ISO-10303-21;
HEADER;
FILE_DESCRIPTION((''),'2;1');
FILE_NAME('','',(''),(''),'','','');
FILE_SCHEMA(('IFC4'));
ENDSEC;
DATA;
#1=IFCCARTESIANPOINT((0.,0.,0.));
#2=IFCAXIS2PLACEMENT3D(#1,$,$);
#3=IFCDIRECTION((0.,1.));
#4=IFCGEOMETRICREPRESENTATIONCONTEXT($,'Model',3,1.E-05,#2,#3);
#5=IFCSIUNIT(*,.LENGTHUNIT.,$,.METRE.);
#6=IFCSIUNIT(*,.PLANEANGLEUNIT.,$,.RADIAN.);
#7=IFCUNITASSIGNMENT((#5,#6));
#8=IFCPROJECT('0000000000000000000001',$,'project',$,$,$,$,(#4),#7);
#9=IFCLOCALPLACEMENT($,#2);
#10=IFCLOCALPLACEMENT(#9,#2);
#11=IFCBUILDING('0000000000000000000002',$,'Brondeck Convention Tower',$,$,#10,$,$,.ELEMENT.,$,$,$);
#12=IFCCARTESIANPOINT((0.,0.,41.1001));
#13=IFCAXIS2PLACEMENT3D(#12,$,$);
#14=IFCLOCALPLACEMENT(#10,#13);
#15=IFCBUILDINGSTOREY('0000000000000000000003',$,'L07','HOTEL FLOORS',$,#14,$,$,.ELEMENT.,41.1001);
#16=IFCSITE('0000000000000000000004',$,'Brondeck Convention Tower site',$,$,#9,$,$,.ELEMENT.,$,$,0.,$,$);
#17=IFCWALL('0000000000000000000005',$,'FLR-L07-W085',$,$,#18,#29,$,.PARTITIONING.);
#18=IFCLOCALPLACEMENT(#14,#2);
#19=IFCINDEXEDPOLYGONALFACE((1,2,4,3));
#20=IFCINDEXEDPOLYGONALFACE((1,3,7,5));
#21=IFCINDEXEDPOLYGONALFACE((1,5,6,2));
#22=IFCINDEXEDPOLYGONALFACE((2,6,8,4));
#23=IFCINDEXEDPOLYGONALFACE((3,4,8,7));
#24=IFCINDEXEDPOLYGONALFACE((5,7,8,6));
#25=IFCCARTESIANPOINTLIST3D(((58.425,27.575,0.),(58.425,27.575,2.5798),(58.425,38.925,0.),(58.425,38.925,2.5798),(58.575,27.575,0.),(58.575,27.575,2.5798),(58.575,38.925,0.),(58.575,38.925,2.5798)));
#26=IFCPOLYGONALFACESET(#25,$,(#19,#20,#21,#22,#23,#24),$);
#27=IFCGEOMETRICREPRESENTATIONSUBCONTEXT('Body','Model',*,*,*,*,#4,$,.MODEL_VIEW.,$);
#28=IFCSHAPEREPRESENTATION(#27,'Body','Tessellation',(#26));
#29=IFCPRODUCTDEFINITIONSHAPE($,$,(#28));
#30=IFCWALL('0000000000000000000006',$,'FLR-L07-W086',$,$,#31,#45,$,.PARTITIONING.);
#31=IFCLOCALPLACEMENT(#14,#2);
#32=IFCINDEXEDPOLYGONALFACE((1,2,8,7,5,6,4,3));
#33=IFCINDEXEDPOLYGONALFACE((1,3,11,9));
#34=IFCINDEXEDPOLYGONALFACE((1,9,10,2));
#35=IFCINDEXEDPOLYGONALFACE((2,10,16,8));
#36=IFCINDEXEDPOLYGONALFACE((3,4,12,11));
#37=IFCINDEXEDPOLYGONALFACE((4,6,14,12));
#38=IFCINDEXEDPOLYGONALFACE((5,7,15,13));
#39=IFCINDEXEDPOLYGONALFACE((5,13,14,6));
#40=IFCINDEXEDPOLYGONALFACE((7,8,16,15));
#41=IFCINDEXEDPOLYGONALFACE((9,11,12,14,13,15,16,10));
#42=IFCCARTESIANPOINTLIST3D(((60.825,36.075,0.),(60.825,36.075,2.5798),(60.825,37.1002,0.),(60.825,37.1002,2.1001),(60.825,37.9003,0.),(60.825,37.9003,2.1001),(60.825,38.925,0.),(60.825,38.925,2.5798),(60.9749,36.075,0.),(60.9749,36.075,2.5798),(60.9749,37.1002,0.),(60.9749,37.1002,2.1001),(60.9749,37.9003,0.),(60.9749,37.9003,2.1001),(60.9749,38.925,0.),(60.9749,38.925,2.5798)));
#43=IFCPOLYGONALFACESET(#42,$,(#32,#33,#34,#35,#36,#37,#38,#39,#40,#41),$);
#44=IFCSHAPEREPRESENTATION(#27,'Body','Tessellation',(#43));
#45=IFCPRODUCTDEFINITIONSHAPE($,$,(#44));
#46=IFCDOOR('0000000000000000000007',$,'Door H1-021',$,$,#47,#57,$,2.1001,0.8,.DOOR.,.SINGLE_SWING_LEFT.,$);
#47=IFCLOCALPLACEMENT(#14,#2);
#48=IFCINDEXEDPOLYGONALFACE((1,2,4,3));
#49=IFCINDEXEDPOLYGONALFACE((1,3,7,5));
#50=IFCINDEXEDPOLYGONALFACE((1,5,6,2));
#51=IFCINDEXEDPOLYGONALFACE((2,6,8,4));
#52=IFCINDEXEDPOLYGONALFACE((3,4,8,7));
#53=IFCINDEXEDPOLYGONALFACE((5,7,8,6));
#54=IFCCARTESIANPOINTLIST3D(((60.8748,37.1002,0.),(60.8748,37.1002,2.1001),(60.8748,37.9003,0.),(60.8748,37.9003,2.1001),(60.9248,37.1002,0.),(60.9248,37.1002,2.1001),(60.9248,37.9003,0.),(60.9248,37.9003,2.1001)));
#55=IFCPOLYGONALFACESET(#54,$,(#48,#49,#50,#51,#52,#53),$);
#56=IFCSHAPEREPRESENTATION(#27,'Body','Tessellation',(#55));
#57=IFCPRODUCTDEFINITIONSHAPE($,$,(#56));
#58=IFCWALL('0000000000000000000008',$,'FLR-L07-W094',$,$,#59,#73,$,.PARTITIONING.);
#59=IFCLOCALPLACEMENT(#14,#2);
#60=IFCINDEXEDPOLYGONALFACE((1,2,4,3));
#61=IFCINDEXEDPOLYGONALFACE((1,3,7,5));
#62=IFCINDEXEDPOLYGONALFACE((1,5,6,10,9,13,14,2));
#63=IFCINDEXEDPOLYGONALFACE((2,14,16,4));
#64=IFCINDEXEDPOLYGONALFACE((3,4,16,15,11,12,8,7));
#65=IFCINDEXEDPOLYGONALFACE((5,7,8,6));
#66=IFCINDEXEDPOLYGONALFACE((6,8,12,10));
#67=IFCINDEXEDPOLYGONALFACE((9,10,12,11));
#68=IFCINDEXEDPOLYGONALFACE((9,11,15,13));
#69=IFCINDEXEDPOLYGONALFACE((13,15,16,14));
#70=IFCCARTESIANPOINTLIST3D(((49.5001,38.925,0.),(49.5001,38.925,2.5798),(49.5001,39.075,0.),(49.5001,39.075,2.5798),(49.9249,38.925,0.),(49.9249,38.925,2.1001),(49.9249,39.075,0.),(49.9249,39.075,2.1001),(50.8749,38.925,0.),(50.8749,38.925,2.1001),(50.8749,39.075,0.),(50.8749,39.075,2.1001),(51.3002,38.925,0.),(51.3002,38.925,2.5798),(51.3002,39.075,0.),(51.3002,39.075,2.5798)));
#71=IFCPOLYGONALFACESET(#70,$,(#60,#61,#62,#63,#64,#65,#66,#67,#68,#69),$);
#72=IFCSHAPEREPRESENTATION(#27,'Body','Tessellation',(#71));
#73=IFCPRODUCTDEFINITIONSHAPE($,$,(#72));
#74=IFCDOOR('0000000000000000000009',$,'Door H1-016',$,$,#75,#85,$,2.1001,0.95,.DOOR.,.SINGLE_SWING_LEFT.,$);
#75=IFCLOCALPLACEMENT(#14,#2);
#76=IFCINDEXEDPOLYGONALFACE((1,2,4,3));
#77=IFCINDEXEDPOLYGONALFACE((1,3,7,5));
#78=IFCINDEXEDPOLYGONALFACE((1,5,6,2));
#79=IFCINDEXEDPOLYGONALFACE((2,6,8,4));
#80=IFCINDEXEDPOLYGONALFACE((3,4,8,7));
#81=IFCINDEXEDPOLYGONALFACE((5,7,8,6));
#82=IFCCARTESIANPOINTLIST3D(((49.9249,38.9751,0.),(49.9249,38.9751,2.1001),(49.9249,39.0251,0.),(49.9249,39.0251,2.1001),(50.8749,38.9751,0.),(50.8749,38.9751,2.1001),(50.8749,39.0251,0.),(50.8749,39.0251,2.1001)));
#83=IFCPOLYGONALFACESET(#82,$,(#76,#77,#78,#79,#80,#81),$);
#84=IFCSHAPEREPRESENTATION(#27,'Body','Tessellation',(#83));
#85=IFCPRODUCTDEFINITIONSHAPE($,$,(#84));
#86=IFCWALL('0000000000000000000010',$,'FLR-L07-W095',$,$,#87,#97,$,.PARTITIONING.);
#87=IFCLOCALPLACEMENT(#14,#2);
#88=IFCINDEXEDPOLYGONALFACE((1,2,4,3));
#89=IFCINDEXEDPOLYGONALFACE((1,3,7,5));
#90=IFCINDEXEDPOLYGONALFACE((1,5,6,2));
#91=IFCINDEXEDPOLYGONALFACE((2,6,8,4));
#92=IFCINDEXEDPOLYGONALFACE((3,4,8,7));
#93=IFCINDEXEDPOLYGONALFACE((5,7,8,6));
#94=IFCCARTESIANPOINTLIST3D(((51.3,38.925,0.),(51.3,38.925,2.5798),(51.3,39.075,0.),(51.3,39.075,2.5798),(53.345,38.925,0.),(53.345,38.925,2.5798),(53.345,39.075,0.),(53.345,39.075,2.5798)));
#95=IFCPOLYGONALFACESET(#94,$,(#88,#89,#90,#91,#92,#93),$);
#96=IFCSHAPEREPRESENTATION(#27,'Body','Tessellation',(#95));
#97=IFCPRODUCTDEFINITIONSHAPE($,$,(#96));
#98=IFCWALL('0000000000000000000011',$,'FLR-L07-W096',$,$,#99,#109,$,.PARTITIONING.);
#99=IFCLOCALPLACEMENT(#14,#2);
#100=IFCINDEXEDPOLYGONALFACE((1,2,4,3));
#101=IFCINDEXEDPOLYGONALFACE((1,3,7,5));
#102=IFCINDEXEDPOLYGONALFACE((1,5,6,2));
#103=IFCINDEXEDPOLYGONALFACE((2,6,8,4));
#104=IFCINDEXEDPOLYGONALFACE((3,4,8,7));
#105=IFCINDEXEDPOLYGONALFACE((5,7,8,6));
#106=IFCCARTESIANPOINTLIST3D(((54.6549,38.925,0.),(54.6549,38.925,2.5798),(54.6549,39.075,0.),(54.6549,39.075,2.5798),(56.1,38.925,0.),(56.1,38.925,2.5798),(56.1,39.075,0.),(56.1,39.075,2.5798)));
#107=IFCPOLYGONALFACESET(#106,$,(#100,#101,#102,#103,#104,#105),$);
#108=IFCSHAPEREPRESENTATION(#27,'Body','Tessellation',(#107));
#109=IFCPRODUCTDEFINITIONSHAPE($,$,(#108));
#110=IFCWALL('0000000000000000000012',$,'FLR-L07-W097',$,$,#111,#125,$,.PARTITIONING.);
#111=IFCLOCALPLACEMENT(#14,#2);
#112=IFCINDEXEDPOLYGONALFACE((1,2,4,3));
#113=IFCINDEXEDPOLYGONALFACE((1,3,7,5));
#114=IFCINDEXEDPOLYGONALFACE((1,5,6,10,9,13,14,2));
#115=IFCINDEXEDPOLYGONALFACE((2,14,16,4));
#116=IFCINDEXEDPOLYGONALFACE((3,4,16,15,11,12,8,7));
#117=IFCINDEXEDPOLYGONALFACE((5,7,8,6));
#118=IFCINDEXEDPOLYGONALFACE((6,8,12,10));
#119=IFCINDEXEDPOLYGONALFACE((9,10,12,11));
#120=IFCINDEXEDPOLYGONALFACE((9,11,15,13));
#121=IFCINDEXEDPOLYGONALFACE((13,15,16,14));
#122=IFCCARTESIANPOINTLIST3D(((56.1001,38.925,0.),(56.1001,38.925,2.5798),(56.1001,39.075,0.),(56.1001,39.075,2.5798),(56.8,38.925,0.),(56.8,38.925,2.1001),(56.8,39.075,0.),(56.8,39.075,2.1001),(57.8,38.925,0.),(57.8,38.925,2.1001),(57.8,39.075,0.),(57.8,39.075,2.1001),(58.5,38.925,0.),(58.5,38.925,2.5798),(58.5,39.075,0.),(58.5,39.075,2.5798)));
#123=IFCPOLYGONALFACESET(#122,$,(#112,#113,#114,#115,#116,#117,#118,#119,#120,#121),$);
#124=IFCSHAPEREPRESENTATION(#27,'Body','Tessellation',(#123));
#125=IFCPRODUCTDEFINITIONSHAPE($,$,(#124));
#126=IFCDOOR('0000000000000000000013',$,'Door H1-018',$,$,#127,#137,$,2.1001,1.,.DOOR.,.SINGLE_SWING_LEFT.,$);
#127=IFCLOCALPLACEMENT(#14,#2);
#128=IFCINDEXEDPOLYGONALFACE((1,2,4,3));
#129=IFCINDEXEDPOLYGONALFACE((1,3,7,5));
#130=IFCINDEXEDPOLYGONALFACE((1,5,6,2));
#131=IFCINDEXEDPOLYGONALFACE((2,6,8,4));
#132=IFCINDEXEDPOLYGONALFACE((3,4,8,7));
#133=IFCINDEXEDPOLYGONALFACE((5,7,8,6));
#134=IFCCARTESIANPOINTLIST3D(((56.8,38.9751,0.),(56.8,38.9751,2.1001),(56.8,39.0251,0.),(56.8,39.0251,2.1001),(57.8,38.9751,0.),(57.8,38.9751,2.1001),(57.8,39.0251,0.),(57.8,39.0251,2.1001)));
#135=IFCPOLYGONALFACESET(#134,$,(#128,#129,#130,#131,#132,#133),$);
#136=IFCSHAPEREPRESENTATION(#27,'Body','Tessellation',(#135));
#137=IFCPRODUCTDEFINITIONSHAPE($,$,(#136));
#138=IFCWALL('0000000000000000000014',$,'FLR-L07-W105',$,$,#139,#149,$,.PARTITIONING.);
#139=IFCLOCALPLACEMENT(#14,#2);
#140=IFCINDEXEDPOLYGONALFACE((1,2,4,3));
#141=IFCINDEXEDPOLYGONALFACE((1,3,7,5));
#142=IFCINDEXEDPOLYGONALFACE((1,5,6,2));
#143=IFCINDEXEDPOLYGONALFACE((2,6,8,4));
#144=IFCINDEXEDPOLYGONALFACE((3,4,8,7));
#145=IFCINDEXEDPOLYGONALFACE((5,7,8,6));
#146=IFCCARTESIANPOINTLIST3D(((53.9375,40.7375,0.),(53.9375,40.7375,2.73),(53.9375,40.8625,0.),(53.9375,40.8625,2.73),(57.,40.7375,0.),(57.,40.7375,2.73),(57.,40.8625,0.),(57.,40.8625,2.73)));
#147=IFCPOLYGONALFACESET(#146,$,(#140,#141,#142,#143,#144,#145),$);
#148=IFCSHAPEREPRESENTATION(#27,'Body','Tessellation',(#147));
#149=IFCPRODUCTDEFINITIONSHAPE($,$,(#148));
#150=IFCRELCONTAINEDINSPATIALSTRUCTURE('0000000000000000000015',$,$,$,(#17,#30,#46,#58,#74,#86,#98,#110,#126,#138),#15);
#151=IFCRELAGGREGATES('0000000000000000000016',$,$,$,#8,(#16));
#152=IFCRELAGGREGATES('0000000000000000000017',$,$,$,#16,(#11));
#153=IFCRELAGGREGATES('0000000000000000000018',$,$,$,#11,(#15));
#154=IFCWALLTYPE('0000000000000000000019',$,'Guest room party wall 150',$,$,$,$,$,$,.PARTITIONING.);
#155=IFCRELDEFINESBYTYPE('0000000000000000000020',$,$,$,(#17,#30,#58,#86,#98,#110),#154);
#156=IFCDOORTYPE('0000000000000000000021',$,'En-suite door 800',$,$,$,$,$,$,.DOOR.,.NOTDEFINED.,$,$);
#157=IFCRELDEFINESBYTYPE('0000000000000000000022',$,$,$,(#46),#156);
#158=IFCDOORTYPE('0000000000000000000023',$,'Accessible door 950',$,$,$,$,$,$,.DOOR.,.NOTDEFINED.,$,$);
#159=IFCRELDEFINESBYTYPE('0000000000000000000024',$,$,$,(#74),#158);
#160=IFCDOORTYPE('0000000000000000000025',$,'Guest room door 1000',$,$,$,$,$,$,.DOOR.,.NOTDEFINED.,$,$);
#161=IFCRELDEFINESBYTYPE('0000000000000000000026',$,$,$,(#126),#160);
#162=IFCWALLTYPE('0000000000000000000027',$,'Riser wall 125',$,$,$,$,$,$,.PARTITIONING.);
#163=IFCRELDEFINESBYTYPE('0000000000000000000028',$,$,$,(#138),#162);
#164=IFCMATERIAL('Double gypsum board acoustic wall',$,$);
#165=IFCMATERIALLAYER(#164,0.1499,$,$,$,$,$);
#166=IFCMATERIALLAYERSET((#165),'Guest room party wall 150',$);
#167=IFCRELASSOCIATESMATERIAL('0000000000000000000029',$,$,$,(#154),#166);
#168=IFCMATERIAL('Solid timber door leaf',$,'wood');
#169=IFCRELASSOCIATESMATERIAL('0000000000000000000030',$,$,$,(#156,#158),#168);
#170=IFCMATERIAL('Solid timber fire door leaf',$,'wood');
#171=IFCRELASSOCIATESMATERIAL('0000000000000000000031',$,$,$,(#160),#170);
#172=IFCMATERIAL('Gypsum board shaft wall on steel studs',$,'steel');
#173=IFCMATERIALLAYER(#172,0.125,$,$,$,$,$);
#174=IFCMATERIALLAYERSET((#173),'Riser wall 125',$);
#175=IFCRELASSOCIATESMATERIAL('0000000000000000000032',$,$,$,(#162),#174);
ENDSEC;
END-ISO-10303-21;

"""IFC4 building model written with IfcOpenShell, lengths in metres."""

from ifc_helpers import new_model, si_unit, direction, frame, frame_2d, origin, place, context, subcontext, project, spatial, rectangle, extrude, material, layer, layer_set, type_object, element, fill, save


model = new_model("IFC4")

# Units and contexts
model_context = context("Model", 3, precision=1e-05, world=origin(), true_north=direction((0.0, 1.0)))
body_context = subcontext(model_context, "Body", "Model", "MODEL_VIEW")
ifc_project = project(units=[si_unit("LENGTHUNIT", "METRE"), si_unit("PLANEANGLEUNIT", "RADIAN")], contexts=[model_context])

# Site, building, storey
site_placement = place(None, origin())
site = spatial("IfcSite", under=ifc_project, at=site_placement, Name="Brondeck Convention Tower site", CompositionType="ELEMENT", RefElevation=0.0)
building_placement = place(site_placement, origin())
building = spatial("IfcBuilding", under=site, at=building_placement, Name="Brondeck Convention Tower", CompositionType="ELEMENT")
storey_placement = place(building_placement, frame((0.0, 0.0, 41.1001)))
storey = spatial("IfcBuildingStorey", under=building, at=storey_placement, Name="L07", Description="HOTEL FLOORS", CompositionType="ELEMENT", Elevation=41.1001)

# Shared definitions
ifc_material_1 = material(Name="Double gypsum board acoustic wall")
ifc_layer_1 = layer(ifc_material_1, 0.1499)
ifc_layer_set_1 = layer_set([ifc_layer_1], Name="Guest room party wall 150")
wall_type_1 = type_object("IfcWallType", Name="Guest room party wall 150", PredefinedType="PARTITIONING", material=ifc_layer_set_1)

# Shared definitions
ifc_material_2 = material(Name="Solid timber door leaf", Category="wood")
door_type_1 = type_object("IfcDoorType", Name="En-suite door 800", OperationType="NOTDEFINED", PredefinedType="DOOR", material=ifc_material_2)

# Wall
wall_1_placement = place(storey_placement, frame((58.5, 38.925, 0.0), z_axis=(0.0, 0.0, 1.0), x_axis=(0.0, -1.0, 0.0)))
element("IfcWall", 1, at=wall_1_placement, inside=storey, type_object=wall_type_1, Name="FLR-L07-W085", PredefinedType="PARTITIONING", context=body_context, shape_type="SweptSolid", body=[
    extrude(rectangle(XDim=11.3501, YDim=0.1499, at=frame_2d((5.675, 0.0))), origin(), (0.0, 0.0, 1.0), 2.5798),
])

# Walls, openings, doors
wall_2_placement = place(storey_placement, frame((60.8999, 38.925, 0.0), z_axis=(0.0, 0.0, 1.0), x_axis=(0.0, -1.0, 0.0)))
wall_2 = element("IfcWall", 2, at=wall_2_placement, inside=storey, type_object=wall_type_1, Name="FLR-L07-W086", PredefinedType="PARTITIONING", context=body_context, shape_type="SweptSolid", body=[
    extrude(rectangle(XDim=2.8501, YDim=0.1499, at=frame_2d((1.425, 0.0))), origin(), (0.0, 0.0, 1.0), 2.5798),
])
opening_1_placement = place(wall_2_placement, frame((1.0249, 0.0, 0.0)))
opening_1 = element("IfcOpeningElement", 3, at=opening_1_placement, cuts=wall_2, PredefinedType="OPENING", context=body_context, shape_type="SweptSolid", body=[
    extrude(rectangle(XDim=0.8, YDim=2.1001, at=frame_2d((0.3999, 1.05))), frame((0.0, 0.085, 0.0), z_axis=(0.0, -1.0, 0.0), x_axis=(1.0, 0.0, 0.0)), (0.0, 0.0, 1.0), 0.1699),
])
door_1_placement = place(opening_1_placement, origin())
door_1 = element("IfcDoor", 4, at=door_1_placement, inside=storey, type_object=door_type_1, Name="Door H1-021", OperationType="SINGLE_SWING_LEFT", OverallHeight=2.1001, OverallWidth=0.8, PredefinedType="DOOR", context=body_context, shape_type="SweptSolid", body=[
    extrude(rectangle(XDim=0.8, YDim=2.1001, at=frame_2d((0.3999, 1.05))), frame((0.0, 0.0249, 0.0), z_axis=(0.0, -1.0, 0.0), x_axis=(1.0, 0.0, 0.0)), (0.0, 0.0, 1.0), 0.05),
])
fill(opening_1, door_1)
wall_3_placement = place(storey_placement, frame((51.3, 39.0, 0.0), z_axis=(0.0, 0.0, 1.0), x_axis=(-1.0, 0.0, 0.0)))
wall_3 = element("IfcWall", 5, at=wall_3_placement, inside=storey, type_object=wall_type_1, Name="FLR-L07-W094", PredefinedType="PARTITIONING", context=body_context, shape_type="SweptSolid", body=[
    extrude(rectangle(XDim=1.8, YDim=0.1499, at=frame_2d((0.8999, 0.0))), origin(), (0.0, 0.0, 1.0), 2.5798),
])
opening_2_placement = place(wall_3_placement, frame((0.425, 0.0, 0.0)))
opening_2 = element("IfcOpeningElement", 6, at=opening_2_placement, cuts=wall_3, PredefinedType="OPENING", context=body_context, shape_type="SweptSolid", body=[
    extrude(rectangle(XDim=0.95, YDim=2.1001, at=frame_2d((0.4751, 1.05))), frame((0.0, 0.085, 0.0), z_axis=(0.0, -1.0, 0.0), x_axis=(1.0, 0.0, 0.0)), (0.0, 0.0, 1.0), 0.1699),
])
door_type_2 = type_object("IfcDoorType", Name="Accessible door 950", OperationType="NOTDEFINED", PredefinedType="DOOR", material=ifc_material_2)
door_2_placement = place(opening_2_placement, origin())
door_2 = element("IfcDoor", 7, at=door_2_placement, inside=storey, type_object=door_type_2, Name="Door H1-016", OperationType="SINGLE_SWING_LEFT", OverallHeight=2.1001, OverallWidth=0.95, PredefinedType="DOOR", context=body_context, shape_type="SweptSolid", body=[
    extrude(rectangle(XDim=0.95, YDim=2.1001, at=frame_2d((0.4751, 1.05))), frame((0.0, 0.0249, 0.0), z_axis=(0.0, -1.0, 0.0), x_axis=(1.0, 0.0, 0.0)), (0.0, 0.0, 1.0), 0.05),
])
fill(opening_2, door_2)

# Walls
wall_4_placement = place(storey_placement, frame((53.345, 39.0, 0.0), z_axis=(0.0, 0.0, 1.0), x_axis=(-1.0, 0.0, 0.0)))
element("IfcWall", 8, at=wall_4_placement, inside=storey, type_object=wall_type_1, Name="FLR-L07-W095", PredefinedType="PARTITIONING", context=body_context, shape_type="SweptSolid", body=[
    extrude(rectangle(XDim=2.0449, YDim=0.1499, at=frame_2d((1.0225, 0.0))), origin(), (0.0, 0.0, 1.0), 2.5798),
])
wall_5_placement = place(storey_placement, frame((56.1001, 39.0, 0.0), z_axis=(0.0, 0.0, 1.0), x_axis=(-1.0, 0.0, 0.0)))
element("IfcWall", 9, at=wall_5_placement, inside=storey, type_object=wall_type_1, Name="FLR-L07-W096", PredefinedType="PARTITIONING", context=body_context, shape_type="SweptSolid", body=[
    extrude(rectangle(XDim=1.4451, YDim=0.1499, at=frame_2d((0.7227, 0.0))), origin(), (0.0, 0.0, 1.0), 2.5798),
])

# Wall, opening, door
wall_6_placement = place(storey_placement, frame((58.5, 39.0, 0.0), z_axis=(0.0, 0.0, 1.0), x_axis=(-1.0, 0.0, 0.0)))
wall_6 = element("IfcWall", 10, at=wall_6_placement, inside=storey, type_object=wall_type_1, Name="FLR-L07-W097", PredefinedType="PARTITIONING", context=body_context, shape_type="SweptSolid", body=[
    extrude(rectangle(XDim=2.3999, YDim=0.1499, at=frame_2d((1.2, 0.0))), origin(), (0.0, 0.0, 1.0), 2.5798),
])
opening_3_placement = place(wall_6_placement, frame((0.7, 0.0, 0.0)))
opening_3 = element("IfcOpeningElement", 11, at=opening_3_placement, cuts=wall_6, PredefinedType="OPENING", context=body_context, shape_type="SweptSolid", body=[
    extrude(rectangle(XDim=1.0, YDim=2.1001, at=frame_2d((0.5, 1.05))), frame((0.0, 0.085, 0.0), z_axis=(0.0, -1.0, 0.0), x_axis=(1.0, 0.0, 0.0)), (0.0, 0.0, 1.0), 0.1699),
])
ifc_material_3 = material(Name="Solid timber fire door leaf", Category="wood")
door_type_3 = type_object("IfcDoorType", Name="Guest room door 1000", OperationType="NOTDEFINED", PredefinedType="DOOR", material=ifc_material_3)
door_3_placement = place(opening_3_placement, origin())
door_3 = element("IfcDoor", 12, at=door_3_placement, inside=storey, type_object=door_type_3, Name="Door H1-018", OperationType="SINGLE_SWING_LEFT", OverallHeight=2.1001, OverallWidth=1.0, PredefinedType="DOOR", context=body_context, shape_type="SweptSolid", body=[
    extrude(rectangle(XDim=1.0, YDim=2.1001, at=frame_2d((0.5, 1.05))), frame((0.0, 0.0249, 0.0), z_axis=(0.0, -1.0, 0.0), x_axis=(1.0, 0.0, 0.0)), (0.0, 0.0, 1.0), 0.05),
])
fill(opening_3, door_3)

# Wall
ifc_material_4 = material(Name="Gypsum board shaft wall on steel studs", Category="steel")
ifc_layer_2 = layer(ifc_material_4, 0.125)
ifc_layer_set_2 = layer_set([ifc_layer_2], Name="Riser wall 125")
wall_type_2 = type_object("IfcWallType", Name="Riser wall 125", PredefinedType="PARTITIONING", material=ifc_layer_set_2)
wall_7_placement = place(storey_placement, frame((53.9375, 40.8, 0.0), z_axis=(0.0, 0.0, 1.0), x_axis=(1.0, 0.0, 0.0)))
element("IfcWall", 13, at=wall_7_placement, inside=storey, type_object=wall_type_2, Name="FLR-L07-W105", PredefinedType="PARTITIONING", context=body_context, shape_type="SweptSolid", body=[
    extrude(rectangle(XDim=3.0625, YDim=0.125, at=frame_2d((1.5312, 0.0))), origin(), (0.0, 0.0, 1.0), 2.73),
])

save(model, "model.ifc")
